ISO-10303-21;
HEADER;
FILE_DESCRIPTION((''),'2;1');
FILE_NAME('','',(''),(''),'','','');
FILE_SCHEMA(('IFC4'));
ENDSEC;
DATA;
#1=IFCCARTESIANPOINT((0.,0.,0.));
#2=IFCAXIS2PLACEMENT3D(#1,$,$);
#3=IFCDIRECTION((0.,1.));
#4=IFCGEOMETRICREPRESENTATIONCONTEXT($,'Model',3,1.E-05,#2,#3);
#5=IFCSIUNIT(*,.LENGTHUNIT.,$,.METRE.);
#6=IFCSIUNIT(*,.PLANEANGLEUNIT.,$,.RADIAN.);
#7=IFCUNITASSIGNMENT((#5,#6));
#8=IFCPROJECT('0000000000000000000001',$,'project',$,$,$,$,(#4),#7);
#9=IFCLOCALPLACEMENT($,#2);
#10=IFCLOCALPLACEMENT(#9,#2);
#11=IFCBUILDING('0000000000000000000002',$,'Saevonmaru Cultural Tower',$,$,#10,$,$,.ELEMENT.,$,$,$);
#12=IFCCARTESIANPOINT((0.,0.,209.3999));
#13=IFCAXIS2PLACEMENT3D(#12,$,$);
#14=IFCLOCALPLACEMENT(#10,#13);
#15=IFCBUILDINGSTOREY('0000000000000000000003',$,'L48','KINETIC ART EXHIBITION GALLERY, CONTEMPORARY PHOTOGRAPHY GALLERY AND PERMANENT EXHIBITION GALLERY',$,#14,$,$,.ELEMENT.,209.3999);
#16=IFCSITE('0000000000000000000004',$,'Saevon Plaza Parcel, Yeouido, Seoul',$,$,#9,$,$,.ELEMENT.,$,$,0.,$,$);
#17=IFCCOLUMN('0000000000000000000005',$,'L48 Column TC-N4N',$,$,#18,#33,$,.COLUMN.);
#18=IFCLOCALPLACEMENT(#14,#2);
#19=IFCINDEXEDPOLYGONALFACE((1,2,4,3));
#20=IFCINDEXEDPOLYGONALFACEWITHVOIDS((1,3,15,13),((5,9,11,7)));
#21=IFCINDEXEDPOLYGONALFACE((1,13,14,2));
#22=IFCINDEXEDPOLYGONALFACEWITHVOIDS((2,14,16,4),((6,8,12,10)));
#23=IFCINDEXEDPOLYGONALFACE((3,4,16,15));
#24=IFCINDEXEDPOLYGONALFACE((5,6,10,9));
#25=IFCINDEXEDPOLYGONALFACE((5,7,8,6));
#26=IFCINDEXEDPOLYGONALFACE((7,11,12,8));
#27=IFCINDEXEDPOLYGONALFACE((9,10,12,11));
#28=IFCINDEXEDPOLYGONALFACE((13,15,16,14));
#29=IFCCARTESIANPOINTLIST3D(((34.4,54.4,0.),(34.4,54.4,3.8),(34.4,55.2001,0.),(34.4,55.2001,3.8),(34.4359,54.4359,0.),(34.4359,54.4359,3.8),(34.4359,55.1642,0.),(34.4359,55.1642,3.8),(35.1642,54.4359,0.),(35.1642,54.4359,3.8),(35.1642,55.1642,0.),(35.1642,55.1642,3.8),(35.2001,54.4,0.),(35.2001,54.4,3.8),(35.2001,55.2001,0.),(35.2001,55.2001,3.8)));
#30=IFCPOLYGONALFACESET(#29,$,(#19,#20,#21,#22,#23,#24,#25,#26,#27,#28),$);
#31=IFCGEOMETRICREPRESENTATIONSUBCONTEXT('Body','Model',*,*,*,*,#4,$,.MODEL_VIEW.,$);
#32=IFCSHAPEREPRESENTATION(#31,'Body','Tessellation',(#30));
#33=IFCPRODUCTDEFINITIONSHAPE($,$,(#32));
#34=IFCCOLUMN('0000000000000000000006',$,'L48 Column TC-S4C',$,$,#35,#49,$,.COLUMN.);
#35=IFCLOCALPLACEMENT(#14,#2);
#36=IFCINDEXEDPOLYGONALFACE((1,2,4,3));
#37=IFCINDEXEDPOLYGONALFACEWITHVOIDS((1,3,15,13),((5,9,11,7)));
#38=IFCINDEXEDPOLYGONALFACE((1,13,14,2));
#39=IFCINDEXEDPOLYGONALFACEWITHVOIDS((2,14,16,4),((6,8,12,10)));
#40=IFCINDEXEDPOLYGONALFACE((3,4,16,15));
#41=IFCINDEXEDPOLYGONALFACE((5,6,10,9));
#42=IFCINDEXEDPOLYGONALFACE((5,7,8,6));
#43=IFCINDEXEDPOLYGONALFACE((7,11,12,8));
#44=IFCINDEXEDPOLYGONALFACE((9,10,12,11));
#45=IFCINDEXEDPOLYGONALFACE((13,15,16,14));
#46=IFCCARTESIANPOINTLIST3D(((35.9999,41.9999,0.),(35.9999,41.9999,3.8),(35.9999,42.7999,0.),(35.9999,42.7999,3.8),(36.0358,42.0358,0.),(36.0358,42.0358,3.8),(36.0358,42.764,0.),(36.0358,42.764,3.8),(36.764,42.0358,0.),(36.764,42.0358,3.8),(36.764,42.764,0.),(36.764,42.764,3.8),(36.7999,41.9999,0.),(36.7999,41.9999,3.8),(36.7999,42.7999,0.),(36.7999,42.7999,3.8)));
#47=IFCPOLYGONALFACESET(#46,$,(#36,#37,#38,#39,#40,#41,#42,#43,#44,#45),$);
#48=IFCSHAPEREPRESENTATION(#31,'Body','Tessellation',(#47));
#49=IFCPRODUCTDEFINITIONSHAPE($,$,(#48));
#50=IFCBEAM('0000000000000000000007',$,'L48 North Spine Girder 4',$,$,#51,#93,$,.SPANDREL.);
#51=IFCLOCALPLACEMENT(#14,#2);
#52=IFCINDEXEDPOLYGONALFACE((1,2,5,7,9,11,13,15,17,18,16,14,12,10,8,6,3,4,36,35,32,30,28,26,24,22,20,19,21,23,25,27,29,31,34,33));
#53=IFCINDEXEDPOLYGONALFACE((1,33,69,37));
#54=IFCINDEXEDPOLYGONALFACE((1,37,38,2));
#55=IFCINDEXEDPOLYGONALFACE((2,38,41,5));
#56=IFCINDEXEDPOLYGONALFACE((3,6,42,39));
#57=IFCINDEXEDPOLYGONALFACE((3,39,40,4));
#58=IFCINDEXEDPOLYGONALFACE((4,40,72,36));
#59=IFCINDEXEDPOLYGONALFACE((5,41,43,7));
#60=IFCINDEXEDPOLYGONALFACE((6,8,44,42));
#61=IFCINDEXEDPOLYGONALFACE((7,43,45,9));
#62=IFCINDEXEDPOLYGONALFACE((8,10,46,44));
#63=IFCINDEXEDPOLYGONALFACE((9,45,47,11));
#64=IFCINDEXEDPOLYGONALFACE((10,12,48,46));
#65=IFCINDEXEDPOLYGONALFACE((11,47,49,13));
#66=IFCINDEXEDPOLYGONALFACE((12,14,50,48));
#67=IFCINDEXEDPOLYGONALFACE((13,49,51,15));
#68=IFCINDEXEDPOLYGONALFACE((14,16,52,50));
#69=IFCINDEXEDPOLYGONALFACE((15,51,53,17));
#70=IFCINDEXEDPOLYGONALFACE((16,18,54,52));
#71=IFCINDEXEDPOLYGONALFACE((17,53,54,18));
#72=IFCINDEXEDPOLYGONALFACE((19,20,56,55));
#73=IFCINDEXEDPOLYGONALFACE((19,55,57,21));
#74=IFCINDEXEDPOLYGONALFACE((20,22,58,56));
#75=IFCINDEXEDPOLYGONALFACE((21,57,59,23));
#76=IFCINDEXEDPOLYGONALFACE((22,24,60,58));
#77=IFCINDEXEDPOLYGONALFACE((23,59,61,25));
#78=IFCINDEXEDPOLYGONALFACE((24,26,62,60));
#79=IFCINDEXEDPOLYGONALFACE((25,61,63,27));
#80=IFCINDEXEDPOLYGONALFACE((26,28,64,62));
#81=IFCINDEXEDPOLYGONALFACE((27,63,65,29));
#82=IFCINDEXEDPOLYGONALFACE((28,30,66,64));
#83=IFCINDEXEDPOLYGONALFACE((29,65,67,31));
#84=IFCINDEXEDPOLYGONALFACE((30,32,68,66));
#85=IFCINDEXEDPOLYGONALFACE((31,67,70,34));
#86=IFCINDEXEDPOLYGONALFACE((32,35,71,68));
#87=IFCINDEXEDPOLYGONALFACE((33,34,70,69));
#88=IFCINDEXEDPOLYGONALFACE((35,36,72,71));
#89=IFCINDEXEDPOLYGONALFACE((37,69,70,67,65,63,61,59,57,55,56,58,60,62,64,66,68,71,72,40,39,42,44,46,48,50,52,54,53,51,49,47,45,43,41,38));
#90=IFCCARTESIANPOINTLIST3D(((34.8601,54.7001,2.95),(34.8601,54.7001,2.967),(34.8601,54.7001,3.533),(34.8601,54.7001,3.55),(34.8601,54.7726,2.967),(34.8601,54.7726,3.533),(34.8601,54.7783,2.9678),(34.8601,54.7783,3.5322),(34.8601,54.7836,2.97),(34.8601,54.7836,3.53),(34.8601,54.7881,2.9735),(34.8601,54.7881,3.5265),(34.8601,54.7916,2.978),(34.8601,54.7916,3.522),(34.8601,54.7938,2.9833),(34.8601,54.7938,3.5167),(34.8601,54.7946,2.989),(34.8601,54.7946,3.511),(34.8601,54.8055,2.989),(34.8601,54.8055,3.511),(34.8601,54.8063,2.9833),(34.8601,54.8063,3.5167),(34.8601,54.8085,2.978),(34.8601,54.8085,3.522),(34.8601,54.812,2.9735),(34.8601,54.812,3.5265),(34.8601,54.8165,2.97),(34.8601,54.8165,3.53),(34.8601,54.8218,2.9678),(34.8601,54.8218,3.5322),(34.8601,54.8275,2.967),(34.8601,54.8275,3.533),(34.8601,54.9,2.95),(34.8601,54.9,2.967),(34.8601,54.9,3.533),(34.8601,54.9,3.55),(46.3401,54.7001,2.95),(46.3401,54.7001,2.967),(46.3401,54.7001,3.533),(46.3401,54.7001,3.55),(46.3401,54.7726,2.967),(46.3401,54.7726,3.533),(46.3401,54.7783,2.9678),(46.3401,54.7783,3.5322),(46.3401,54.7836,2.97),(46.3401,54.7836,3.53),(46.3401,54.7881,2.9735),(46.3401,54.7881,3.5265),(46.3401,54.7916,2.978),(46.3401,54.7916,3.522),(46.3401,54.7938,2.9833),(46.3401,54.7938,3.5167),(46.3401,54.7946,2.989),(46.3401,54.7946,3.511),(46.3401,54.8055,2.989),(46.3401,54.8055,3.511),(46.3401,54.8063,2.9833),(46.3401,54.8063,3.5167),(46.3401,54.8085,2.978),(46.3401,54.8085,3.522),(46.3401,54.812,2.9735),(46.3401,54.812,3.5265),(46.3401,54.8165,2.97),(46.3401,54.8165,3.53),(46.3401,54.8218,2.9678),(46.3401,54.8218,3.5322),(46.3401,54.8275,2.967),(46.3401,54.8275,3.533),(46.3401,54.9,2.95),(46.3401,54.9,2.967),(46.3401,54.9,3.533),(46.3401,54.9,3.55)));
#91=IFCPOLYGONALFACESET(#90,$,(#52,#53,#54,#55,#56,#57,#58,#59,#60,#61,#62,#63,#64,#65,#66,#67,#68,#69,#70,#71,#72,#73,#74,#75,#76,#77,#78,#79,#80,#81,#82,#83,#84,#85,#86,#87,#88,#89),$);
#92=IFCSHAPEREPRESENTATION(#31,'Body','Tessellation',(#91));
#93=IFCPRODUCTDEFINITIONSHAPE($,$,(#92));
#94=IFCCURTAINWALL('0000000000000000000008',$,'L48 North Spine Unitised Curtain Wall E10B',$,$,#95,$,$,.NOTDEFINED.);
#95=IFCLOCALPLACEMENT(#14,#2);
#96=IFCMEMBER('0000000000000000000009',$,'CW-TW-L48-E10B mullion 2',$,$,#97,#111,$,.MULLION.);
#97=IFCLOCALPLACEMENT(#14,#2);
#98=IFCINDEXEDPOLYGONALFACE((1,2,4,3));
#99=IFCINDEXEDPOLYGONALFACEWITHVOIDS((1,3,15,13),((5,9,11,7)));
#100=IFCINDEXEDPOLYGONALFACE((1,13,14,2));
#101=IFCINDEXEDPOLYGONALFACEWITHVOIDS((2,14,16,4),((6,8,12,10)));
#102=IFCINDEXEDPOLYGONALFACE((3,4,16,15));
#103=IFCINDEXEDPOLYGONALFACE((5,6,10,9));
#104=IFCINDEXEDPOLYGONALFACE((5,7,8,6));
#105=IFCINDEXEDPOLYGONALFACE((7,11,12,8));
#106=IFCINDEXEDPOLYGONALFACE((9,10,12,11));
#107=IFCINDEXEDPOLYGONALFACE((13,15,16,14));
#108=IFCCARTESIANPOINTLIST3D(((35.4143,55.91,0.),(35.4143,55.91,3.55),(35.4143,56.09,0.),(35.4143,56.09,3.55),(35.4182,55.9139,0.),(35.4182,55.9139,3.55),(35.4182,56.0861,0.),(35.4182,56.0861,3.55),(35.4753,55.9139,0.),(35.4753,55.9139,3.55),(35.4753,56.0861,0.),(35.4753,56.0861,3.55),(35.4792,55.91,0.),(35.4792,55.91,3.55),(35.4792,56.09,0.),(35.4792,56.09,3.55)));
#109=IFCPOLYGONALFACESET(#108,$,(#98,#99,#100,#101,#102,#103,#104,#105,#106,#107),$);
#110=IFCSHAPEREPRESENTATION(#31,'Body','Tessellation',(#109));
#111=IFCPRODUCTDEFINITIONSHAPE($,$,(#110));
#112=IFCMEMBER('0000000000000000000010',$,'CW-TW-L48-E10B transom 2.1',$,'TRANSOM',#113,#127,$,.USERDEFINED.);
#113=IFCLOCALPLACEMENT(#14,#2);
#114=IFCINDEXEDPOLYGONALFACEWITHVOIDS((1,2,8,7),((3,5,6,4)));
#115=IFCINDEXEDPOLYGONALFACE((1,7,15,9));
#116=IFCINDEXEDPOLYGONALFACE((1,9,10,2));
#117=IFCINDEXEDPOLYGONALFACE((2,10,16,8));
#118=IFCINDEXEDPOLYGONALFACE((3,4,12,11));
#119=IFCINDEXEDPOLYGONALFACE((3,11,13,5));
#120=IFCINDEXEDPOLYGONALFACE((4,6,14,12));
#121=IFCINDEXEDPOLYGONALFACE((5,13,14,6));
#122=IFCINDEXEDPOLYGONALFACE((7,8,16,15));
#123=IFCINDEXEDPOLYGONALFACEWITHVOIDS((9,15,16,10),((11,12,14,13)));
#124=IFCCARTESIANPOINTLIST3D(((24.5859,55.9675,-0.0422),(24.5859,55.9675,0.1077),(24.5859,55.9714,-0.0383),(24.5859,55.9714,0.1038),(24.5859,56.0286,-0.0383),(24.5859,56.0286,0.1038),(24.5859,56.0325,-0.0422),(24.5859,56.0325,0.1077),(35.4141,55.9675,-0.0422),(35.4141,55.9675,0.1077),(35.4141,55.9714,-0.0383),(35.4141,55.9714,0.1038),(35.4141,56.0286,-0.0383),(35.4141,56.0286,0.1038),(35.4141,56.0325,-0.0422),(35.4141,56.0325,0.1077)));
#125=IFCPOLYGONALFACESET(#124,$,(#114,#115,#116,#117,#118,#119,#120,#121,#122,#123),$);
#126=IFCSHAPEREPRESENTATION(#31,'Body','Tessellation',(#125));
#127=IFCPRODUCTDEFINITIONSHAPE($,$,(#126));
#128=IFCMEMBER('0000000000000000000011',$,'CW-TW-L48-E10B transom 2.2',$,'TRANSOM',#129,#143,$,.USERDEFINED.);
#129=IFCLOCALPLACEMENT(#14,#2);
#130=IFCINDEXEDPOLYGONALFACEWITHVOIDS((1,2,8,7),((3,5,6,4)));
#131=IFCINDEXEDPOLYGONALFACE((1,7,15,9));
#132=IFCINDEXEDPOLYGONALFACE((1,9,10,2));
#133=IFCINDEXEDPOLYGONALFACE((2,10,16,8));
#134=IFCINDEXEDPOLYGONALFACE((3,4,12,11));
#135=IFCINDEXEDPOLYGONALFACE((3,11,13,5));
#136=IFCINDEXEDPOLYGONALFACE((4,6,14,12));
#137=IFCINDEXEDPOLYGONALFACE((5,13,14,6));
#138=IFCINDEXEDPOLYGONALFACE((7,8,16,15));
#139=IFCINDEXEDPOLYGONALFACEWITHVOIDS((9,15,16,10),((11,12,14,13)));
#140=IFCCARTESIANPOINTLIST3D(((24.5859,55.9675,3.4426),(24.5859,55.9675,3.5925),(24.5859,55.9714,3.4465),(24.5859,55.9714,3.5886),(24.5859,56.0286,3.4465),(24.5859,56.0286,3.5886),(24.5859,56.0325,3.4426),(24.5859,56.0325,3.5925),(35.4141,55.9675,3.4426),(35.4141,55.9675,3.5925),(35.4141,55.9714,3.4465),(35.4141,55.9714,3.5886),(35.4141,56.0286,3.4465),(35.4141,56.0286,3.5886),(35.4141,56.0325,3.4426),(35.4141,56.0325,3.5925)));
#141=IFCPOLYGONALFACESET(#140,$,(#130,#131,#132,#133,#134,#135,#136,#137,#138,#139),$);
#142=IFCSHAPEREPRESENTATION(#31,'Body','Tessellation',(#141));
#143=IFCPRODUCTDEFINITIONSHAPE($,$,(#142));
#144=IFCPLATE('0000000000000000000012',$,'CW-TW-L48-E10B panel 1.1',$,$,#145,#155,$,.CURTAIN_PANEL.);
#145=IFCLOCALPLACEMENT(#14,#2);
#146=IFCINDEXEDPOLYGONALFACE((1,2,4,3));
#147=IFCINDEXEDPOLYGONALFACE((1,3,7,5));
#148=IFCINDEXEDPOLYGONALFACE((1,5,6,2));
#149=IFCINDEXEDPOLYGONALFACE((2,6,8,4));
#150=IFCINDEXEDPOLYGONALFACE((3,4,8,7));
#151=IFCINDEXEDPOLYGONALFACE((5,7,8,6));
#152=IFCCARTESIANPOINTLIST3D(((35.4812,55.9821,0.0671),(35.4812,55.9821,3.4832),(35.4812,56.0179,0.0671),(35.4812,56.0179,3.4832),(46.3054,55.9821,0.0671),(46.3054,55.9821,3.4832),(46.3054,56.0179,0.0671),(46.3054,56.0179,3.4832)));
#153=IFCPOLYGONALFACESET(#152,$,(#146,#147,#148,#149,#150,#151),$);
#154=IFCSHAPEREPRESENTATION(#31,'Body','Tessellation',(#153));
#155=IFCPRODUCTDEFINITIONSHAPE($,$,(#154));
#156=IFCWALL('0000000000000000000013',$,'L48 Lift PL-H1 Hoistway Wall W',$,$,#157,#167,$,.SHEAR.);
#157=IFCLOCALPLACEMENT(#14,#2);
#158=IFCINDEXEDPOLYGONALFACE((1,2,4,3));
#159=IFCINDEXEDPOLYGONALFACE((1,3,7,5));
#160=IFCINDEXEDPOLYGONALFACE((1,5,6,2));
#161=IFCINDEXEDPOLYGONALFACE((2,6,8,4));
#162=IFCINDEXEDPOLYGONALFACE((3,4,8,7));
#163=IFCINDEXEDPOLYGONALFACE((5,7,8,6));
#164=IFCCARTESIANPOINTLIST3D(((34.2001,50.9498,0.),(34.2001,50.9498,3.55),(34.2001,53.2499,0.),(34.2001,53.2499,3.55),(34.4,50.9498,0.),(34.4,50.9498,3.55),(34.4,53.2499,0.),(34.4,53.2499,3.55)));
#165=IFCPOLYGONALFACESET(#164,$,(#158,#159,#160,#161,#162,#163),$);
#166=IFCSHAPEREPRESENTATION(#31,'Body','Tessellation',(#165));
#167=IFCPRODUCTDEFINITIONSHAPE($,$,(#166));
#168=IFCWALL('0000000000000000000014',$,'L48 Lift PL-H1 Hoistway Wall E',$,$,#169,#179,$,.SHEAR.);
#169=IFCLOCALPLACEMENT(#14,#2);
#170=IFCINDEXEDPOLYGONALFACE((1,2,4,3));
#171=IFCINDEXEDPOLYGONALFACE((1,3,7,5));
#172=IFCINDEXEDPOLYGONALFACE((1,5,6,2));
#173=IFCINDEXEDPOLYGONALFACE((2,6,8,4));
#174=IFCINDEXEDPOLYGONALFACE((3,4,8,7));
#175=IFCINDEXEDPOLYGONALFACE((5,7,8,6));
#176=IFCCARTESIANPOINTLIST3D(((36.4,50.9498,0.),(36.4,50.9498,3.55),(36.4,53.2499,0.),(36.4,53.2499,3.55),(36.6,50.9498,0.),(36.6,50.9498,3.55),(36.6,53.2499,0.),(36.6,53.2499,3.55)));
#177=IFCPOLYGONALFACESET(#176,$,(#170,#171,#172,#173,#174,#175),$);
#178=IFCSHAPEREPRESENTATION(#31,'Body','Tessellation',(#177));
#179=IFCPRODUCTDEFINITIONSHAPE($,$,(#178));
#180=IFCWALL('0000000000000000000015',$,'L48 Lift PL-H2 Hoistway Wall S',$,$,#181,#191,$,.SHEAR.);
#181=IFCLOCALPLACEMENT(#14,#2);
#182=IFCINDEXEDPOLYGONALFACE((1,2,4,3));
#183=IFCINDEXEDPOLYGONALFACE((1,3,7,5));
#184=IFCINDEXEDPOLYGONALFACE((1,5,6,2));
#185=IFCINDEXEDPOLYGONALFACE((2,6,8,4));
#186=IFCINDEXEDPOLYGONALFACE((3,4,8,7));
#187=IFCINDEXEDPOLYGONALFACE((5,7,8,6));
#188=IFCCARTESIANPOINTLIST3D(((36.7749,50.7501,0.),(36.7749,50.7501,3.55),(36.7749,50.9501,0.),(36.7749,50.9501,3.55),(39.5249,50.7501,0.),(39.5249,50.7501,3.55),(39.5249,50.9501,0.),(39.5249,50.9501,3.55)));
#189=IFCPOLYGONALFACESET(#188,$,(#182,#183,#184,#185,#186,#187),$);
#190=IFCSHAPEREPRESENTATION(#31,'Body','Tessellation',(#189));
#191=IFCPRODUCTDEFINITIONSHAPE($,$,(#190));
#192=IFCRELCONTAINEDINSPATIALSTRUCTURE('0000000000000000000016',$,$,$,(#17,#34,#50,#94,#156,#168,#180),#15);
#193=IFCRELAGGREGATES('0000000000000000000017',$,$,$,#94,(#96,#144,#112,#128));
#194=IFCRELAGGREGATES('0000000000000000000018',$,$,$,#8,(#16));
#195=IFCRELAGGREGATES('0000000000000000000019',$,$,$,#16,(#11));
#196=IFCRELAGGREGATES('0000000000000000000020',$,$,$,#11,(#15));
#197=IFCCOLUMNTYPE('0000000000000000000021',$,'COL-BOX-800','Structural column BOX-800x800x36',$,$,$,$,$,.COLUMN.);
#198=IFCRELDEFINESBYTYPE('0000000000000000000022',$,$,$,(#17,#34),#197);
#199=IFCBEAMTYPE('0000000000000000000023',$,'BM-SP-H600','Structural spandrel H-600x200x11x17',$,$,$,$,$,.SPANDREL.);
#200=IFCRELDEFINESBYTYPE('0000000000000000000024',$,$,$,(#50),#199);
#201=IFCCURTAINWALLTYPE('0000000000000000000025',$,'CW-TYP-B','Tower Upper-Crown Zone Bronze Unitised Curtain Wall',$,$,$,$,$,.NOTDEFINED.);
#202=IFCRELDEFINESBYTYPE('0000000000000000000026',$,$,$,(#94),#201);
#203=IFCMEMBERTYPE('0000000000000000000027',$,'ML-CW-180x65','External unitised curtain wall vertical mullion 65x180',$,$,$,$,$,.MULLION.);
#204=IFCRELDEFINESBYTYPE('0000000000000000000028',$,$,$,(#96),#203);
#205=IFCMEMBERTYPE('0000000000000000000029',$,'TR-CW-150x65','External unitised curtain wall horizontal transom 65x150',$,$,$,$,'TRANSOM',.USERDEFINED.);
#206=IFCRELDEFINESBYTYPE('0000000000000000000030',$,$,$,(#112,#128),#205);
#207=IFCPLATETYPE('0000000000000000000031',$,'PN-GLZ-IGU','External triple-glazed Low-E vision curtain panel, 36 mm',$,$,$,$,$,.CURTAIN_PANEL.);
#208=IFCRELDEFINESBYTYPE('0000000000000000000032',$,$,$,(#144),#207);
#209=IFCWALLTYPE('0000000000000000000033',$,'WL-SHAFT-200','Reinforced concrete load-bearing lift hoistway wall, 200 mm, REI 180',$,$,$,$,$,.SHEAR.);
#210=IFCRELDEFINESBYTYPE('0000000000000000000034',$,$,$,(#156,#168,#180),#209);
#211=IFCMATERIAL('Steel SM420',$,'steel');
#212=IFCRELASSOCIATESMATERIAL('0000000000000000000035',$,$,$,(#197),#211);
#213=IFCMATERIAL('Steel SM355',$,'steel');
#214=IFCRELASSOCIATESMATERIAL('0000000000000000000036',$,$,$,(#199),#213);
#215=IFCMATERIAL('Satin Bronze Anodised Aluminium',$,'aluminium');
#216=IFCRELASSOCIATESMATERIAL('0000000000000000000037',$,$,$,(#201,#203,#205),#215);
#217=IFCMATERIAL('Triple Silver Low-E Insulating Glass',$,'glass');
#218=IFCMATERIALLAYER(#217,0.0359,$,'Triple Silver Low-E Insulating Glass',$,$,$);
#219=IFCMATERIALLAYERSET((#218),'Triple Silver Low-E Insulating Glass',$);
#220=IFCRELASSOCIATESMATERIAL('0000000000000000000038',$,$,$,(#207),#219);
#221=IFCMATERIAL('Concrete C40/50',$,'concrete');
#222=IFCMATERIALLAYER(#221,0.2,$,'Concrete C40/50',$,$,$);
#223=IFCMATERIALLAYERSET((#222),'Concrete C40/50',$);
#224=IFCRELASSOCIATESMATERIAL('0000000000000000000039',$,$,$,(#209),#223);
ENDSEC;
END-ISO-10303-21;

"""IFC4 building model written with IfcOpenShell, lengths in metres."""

from ifc_helpers import new_model, si_unit, direction, frame, frame_2d, origin, origin_2d, place, context, subcontext, project, spatial, rectangle, hollow_rectangle, i_section, extrude, material, layer, layer_set, material_profile, profile_set, type_object, element, aggregate, save


model = new_model("IFC4")

# Units and contexts
model_context = context("Model", 3, precision=1e-05, world=origin(), true_north=direction((0.0, 1.0)))
body_context = subcontext(model_context, "Body", "Model", "MODEL_VIEW")
ifc_project = project(units=[si_unit("LENGTHUNIT", "METRE"), si_unit("PLANEANGLEUNIT", "RADIAN")], contexts=[model_context])

# Site, building, storey
site_placement = place(None, origin())
site = spatial("IfcSite", under=ifc_project, at=site_placement, Name="Saevon Plaza Parcel, Yeouido, Seoul", CompositionType="ELEMENT", RefElevation=0.0)
building_placement = place(site_placement, origin())
building = spatial("IfcBuilding", under=site, at=building_placement, Name="Saevonmaru Cultural Tower", CompositionType="ELEMENT")
storey_placement = place(building_placement, frame((0.0, 0.0, 209.3999)))
storey = spatial("IfcBuildingStorey", under=building, at=storey_placement, Name="L48", Description="KINETIC ART EXHIBITION GALLERY, CONTEMPORARY PHOTOGRAPHY GALLERY AND PERMANENT EXHIBITION GALLERY", CompositionType="ELEMENT", Elevation=209.3999)

# Columns
ifc_material_1 = material(Name="Steel SM420", Category="steel")
ifc_material_profile_1 = material_profile(ifc_material_1, hollow_rectangle(XDim=0.8, YDim=0.8, WallThickness=0.0359, at=origin_2d()), Name="BOX-800x800x36")
ifc_profile_set_1 = profile_set([ifc_material_profile_1], Name="Steel SM420")
column_type = type_object("IfcColumnType", Name="COL-BOX-800", Description="Structural column BOX-800x800x36", PredefinedType="COLUMN", material=ifc_profile_set_1)
for number, where, z_axis, x_axis, name in (
    (1, (34.8, 54.8, 0.0), (0.0, 0.0, 1.0), (1.0, 0.0, 0.0), "L48 Column TC-N4N"),
    (2, (36.3999, 42.3999, 0.0), (0.0, 0.0, 1.0), (1.0, 0.0, 0.0), "L48 Column TC-S4C"),
):
    element("IfcColumn", number, at=place(storey_placement, frame(where, z_axis=z_axis, x_axis=x_axis)), inside=storey, type_object=column_type, Name=name, PredefinedType="COLUMN", context=body_context, shape_type="SweptSolid", body=[
        extrude(hollow_rectangle(XDim=0.8, YDim=0.8, WallThickness=0.0359, at=origin_2d()), origin(), (0.0, 0.0, 1.0), 3.8),
    ])

# Beam
ifc_material_2 = material(Name="Steel SM355", Category="steel")
ifc_material_profile_2 = material_profile(ifc_material_2, i_section(OverallWidth=0.2, OverallDepth=0.6001, WebThickness=0.011, FlangeThickness=0.0171, FilletRadius=0.022, at=origin_2d()), Name="H-600x200x11x17")
ifc_profile_set_2 = profile_set([ifc_material_profile_2], Name="Steel SM355")
beam_type = type_object("IfcBeamType", Name="BM-SP-H600", Description="Structural spandrel H-600x200x11x17", PredefinedType="SPANDREL", material=ifc_profile_set_2)
beam_placement = place(storey_placement, frame((34.8601, 54.8, 3.25), z_axis=(1.0, 0.0, 0.0), x_axis=(0.0, 1.0, 0.0)))
element("IfcBeam", 3, at=beam_placement, inside=storey, type_object=beam_type, Name="L48 North Spine Girder 4", PredefinedType="SPANDREL", context=body_context, shape_type="SweptSolid", body=[
    extrude(i_section(OverallWidth=0.2, OverallDepth=0.6001, WebThickness=0.011, FlangeThickness=0.0171, FilletRadius=0.022, at=origin_2d()), origin(), (0.0, 0.0, 1.0), 11.48),
])

# Curtain wall, members, plate
ifc_material_3 = material(Name="Satin Bronze Anodised Aluminium", Category="aluminium")
curtain_wall_type = type_object("IfcCurtainWallType", Name="CW-TYP-B", Description="Tower Upper-Crown Zone Bronze Unitised Curtain Wall", PredefinedType="NOTDEFINED", material=ifc_material_3)
curtain_wall_placement = place(storey_placement, origin())
curtain_wall = element("IfcCurtainWall", 4, at=curtain_wall_placement, inside=storey, type_object=curtain_wall_type, Name="L48 North Spine Unitised Curtain Wall E10B", PredefinedType="NOTDEFINED")
ifc_material_profile_3 = material_profile(ifc_material_3, hollow_rectangle(XDim=0.0649, YDim=0.1799, WallThickness=0.0039, at=origin_2d()), Name="ALU-MULL-180x65x4")
ifc_profile_set_3 = profile_set([ifc_material_profile_3], Name="Satin Bronze Anodised Aluminium")
member_type_1 = type_object("IfcMemberType", Name="ML-CW-180x65", Description="External unitised curtain wall vertical mullion 65x180", PredefinedType="MULLION", material=ifc_profile_set_3)
member_1_placement = place(storey_placement, frame((35.4468, 56.0, 0.0), z_axis=(0.0, 0.0, 1.0), x_axis=(-1.0, 0.0, 0.0)))
member_1 = element("IfcMember", 5, at=member_1_placement, type_object=member_type_1, Name="CW-TW-L48-E10B mullion 2", PredefinedType="MULLION", context=body_context, shape_type="SweptSolid", body=[
    extrude(hollow_rectangle(XDim=0.0649, YDim=0.1799, WallThickness=0.0039, at=origin_2d()), origin(), (0.0, 0.0, 1.0), 3.55),
])
ifc_material_profile_4 = material_profile(ifc_material_3, hollow_rectangle(XDim=0.0649, YDim=0.1499, WallThickness=0.0039, at=origin_2d()), Name="ALU-TRAN-150x65x4")
ifc_profile_set_4 = profile_set([ifc_material_profile_4], Name="Satin Bronze Anodised Aluminium")
member_type_2 = type_object("IfcMemberType", Name="TR-CW-150x65", Description="External unitised curtain wall horizontal transom 65x150", ElementType="TRANSOM", PredefinedType="USERDEFINED", material=ifc_profile_set_4)
member_2_placement = place(storey_placement, frame((35.4141, 56.0, 0.0327), z_axis=(-1.0, 0.0, 0.0), x_axis=(0.0, -1.0, 0.0)))
member_2 = element("IfcMember", 6, at=member_2_placement, type_object=member_type_2, Name="CW-TW-L48-E10B transom 2.1", ObjectType="TRANSOM", PredefinedType="USERDEFINED", context=body_context, shape_type="SweptSolid", body=[
    extrude(hollow_rectangle(XDim=0.0649, YDim=0.1499, WallThickness=0.0039, at=origin_2d()), origin(), (0.0, 0.0, 1.0), 10.8281),
])
member_3_placement = place(storey_placement, frame((35.4141, 56.0, 3.5176), z_axis=(-1.0, 0.0, 0.0), x_axis=(0.0, -1.0, 0.0)))
member_3 = element("IfcMember", 7, at=member_3_placement, type_object=member_type_2, Name="CW-TW-L48-E10B transom 2.2", ObjectType="TRANSOM", PredefinedType="USERDEFINED", context=body_context, shape_type="SweptSolid", body=[
    extrude(hollow_rectangle(XDim=0.0649, YDim=0.1499, WallThickness=0.0039, at=origin_2d()), origin(), (0.0, 0.0, 1.0), 10.8281),
])
ifc_material_4 = material(Name="Triple Silver Low-E Insulating Glass", Category="glass")
ifc_layer_1 = layer(ifc_material_4, 0.0359, Name="Triple Silver Low-E Insulating Glass")
ifc_layer_set_1 = layer_set([ifc_layer_1], Name="Triple Silver Low-E Insulating Glass")
plate_type = type_object("IfcPlateType", Name="PN-GLZ-IGU", Description="External triple-glazed Low-E vision curtain panel, 36 mm", PredefinedType="CURTAIN_PANEL", material=ifc_layer_set_1)
plate_placement = place(storey_placement, frame((40.8933, 56.0, 0.0671), z_axis=(0.0, 0.0, 1.0), x_axis=(-1.0, 0.0, 0.0)))
plate = element("IfcPlate", 8, at=plate_placement, type_object=plate_type, Name="CW-TW-L48-E10B panel 1.1", PredefinedType="CURTAIN_PANEL", context=body_context, shape_type="SweptSolid", body=[
    extrude(rectangle(XDim=10.8242, YDim=0.0359, at=origin_2d()), origin(), (0.0, 0.0, 1.0), 3.416),
])
aggregate(curtain_wall, [member_1, plate, member_2, member_3])

# Walls
ifc_material_5 = material(Name="Concrete C40/50", Category="concrete")
ifc_layer_2 = layer(ifc_material_5, 0.2, Name="Concrete C40/50")
ifc_layer_set_2 = layer_set([ifc_layer_2], Name="Concrete C40/50")
wall_type_1 = type_object("IfcWallType", Name="WL-SHAFT-200", Description="Reinforced concrete load-bearing lift hoistway wall, 200 mm, REI 180", PredefinedType="SHEAR", material=ifc_layer_set_2)
for number, where, z_axis, x_axis, name in (
    (9, (34.3, 50.95, 0.0), (0.0, 0.0, 1.0), (0.0, 1.0, 0.0), "L48 Lift PL-H1 Hoistway Wall W"),
    (10, (36.5, 50.95, 0.0), (0.0, 0.0, 1.0), (0.0, 1.0, 0.0), "L48 Lift PL-H1 Hoistway Wall E"),
):
    element("IfcWall", number, at=place(storey_placement, frame(where, z_axis=z_axis, x_axis=x_axis)), inside=storey, type_object=wall_type_1, Name=name, PredefinedType="SHEAR", context=body_context, shape_type="SweptSolid", body=[
        extrude(rectangle(XDim=2.3, YDim=0.2, at=frame_2d((1.1499, 0.0))), origin(), (0.0, 0.0, 1.0), 3.55),
    ])
for number, where, z_axis, x_axis, name in (
    (11, (36.7749, 50.8501, 0.0), (0.0, 0.0, 1.0), (1.0, 0.0, 0.0), "L48 Lift PL-H2 Hoistway Wall S"),
):
    element("IfcWall", number, at=place(storey_placement, frame(where, z_axis=z_axis, x_axis=x_axis)), inside=storey, type_object=wall_type_1, Name=name, PredefinedType="SHEAR", context=body_context, shape_type="SweptSolid", body=[
        extrude(rectangle(XDim=2.75, YDim=0.2, at=frame_2d((1.375, 0.0))), origin(), (0.0, 0.0, 1.0), 3.55),
    ])

save(model, "model.ifc")
